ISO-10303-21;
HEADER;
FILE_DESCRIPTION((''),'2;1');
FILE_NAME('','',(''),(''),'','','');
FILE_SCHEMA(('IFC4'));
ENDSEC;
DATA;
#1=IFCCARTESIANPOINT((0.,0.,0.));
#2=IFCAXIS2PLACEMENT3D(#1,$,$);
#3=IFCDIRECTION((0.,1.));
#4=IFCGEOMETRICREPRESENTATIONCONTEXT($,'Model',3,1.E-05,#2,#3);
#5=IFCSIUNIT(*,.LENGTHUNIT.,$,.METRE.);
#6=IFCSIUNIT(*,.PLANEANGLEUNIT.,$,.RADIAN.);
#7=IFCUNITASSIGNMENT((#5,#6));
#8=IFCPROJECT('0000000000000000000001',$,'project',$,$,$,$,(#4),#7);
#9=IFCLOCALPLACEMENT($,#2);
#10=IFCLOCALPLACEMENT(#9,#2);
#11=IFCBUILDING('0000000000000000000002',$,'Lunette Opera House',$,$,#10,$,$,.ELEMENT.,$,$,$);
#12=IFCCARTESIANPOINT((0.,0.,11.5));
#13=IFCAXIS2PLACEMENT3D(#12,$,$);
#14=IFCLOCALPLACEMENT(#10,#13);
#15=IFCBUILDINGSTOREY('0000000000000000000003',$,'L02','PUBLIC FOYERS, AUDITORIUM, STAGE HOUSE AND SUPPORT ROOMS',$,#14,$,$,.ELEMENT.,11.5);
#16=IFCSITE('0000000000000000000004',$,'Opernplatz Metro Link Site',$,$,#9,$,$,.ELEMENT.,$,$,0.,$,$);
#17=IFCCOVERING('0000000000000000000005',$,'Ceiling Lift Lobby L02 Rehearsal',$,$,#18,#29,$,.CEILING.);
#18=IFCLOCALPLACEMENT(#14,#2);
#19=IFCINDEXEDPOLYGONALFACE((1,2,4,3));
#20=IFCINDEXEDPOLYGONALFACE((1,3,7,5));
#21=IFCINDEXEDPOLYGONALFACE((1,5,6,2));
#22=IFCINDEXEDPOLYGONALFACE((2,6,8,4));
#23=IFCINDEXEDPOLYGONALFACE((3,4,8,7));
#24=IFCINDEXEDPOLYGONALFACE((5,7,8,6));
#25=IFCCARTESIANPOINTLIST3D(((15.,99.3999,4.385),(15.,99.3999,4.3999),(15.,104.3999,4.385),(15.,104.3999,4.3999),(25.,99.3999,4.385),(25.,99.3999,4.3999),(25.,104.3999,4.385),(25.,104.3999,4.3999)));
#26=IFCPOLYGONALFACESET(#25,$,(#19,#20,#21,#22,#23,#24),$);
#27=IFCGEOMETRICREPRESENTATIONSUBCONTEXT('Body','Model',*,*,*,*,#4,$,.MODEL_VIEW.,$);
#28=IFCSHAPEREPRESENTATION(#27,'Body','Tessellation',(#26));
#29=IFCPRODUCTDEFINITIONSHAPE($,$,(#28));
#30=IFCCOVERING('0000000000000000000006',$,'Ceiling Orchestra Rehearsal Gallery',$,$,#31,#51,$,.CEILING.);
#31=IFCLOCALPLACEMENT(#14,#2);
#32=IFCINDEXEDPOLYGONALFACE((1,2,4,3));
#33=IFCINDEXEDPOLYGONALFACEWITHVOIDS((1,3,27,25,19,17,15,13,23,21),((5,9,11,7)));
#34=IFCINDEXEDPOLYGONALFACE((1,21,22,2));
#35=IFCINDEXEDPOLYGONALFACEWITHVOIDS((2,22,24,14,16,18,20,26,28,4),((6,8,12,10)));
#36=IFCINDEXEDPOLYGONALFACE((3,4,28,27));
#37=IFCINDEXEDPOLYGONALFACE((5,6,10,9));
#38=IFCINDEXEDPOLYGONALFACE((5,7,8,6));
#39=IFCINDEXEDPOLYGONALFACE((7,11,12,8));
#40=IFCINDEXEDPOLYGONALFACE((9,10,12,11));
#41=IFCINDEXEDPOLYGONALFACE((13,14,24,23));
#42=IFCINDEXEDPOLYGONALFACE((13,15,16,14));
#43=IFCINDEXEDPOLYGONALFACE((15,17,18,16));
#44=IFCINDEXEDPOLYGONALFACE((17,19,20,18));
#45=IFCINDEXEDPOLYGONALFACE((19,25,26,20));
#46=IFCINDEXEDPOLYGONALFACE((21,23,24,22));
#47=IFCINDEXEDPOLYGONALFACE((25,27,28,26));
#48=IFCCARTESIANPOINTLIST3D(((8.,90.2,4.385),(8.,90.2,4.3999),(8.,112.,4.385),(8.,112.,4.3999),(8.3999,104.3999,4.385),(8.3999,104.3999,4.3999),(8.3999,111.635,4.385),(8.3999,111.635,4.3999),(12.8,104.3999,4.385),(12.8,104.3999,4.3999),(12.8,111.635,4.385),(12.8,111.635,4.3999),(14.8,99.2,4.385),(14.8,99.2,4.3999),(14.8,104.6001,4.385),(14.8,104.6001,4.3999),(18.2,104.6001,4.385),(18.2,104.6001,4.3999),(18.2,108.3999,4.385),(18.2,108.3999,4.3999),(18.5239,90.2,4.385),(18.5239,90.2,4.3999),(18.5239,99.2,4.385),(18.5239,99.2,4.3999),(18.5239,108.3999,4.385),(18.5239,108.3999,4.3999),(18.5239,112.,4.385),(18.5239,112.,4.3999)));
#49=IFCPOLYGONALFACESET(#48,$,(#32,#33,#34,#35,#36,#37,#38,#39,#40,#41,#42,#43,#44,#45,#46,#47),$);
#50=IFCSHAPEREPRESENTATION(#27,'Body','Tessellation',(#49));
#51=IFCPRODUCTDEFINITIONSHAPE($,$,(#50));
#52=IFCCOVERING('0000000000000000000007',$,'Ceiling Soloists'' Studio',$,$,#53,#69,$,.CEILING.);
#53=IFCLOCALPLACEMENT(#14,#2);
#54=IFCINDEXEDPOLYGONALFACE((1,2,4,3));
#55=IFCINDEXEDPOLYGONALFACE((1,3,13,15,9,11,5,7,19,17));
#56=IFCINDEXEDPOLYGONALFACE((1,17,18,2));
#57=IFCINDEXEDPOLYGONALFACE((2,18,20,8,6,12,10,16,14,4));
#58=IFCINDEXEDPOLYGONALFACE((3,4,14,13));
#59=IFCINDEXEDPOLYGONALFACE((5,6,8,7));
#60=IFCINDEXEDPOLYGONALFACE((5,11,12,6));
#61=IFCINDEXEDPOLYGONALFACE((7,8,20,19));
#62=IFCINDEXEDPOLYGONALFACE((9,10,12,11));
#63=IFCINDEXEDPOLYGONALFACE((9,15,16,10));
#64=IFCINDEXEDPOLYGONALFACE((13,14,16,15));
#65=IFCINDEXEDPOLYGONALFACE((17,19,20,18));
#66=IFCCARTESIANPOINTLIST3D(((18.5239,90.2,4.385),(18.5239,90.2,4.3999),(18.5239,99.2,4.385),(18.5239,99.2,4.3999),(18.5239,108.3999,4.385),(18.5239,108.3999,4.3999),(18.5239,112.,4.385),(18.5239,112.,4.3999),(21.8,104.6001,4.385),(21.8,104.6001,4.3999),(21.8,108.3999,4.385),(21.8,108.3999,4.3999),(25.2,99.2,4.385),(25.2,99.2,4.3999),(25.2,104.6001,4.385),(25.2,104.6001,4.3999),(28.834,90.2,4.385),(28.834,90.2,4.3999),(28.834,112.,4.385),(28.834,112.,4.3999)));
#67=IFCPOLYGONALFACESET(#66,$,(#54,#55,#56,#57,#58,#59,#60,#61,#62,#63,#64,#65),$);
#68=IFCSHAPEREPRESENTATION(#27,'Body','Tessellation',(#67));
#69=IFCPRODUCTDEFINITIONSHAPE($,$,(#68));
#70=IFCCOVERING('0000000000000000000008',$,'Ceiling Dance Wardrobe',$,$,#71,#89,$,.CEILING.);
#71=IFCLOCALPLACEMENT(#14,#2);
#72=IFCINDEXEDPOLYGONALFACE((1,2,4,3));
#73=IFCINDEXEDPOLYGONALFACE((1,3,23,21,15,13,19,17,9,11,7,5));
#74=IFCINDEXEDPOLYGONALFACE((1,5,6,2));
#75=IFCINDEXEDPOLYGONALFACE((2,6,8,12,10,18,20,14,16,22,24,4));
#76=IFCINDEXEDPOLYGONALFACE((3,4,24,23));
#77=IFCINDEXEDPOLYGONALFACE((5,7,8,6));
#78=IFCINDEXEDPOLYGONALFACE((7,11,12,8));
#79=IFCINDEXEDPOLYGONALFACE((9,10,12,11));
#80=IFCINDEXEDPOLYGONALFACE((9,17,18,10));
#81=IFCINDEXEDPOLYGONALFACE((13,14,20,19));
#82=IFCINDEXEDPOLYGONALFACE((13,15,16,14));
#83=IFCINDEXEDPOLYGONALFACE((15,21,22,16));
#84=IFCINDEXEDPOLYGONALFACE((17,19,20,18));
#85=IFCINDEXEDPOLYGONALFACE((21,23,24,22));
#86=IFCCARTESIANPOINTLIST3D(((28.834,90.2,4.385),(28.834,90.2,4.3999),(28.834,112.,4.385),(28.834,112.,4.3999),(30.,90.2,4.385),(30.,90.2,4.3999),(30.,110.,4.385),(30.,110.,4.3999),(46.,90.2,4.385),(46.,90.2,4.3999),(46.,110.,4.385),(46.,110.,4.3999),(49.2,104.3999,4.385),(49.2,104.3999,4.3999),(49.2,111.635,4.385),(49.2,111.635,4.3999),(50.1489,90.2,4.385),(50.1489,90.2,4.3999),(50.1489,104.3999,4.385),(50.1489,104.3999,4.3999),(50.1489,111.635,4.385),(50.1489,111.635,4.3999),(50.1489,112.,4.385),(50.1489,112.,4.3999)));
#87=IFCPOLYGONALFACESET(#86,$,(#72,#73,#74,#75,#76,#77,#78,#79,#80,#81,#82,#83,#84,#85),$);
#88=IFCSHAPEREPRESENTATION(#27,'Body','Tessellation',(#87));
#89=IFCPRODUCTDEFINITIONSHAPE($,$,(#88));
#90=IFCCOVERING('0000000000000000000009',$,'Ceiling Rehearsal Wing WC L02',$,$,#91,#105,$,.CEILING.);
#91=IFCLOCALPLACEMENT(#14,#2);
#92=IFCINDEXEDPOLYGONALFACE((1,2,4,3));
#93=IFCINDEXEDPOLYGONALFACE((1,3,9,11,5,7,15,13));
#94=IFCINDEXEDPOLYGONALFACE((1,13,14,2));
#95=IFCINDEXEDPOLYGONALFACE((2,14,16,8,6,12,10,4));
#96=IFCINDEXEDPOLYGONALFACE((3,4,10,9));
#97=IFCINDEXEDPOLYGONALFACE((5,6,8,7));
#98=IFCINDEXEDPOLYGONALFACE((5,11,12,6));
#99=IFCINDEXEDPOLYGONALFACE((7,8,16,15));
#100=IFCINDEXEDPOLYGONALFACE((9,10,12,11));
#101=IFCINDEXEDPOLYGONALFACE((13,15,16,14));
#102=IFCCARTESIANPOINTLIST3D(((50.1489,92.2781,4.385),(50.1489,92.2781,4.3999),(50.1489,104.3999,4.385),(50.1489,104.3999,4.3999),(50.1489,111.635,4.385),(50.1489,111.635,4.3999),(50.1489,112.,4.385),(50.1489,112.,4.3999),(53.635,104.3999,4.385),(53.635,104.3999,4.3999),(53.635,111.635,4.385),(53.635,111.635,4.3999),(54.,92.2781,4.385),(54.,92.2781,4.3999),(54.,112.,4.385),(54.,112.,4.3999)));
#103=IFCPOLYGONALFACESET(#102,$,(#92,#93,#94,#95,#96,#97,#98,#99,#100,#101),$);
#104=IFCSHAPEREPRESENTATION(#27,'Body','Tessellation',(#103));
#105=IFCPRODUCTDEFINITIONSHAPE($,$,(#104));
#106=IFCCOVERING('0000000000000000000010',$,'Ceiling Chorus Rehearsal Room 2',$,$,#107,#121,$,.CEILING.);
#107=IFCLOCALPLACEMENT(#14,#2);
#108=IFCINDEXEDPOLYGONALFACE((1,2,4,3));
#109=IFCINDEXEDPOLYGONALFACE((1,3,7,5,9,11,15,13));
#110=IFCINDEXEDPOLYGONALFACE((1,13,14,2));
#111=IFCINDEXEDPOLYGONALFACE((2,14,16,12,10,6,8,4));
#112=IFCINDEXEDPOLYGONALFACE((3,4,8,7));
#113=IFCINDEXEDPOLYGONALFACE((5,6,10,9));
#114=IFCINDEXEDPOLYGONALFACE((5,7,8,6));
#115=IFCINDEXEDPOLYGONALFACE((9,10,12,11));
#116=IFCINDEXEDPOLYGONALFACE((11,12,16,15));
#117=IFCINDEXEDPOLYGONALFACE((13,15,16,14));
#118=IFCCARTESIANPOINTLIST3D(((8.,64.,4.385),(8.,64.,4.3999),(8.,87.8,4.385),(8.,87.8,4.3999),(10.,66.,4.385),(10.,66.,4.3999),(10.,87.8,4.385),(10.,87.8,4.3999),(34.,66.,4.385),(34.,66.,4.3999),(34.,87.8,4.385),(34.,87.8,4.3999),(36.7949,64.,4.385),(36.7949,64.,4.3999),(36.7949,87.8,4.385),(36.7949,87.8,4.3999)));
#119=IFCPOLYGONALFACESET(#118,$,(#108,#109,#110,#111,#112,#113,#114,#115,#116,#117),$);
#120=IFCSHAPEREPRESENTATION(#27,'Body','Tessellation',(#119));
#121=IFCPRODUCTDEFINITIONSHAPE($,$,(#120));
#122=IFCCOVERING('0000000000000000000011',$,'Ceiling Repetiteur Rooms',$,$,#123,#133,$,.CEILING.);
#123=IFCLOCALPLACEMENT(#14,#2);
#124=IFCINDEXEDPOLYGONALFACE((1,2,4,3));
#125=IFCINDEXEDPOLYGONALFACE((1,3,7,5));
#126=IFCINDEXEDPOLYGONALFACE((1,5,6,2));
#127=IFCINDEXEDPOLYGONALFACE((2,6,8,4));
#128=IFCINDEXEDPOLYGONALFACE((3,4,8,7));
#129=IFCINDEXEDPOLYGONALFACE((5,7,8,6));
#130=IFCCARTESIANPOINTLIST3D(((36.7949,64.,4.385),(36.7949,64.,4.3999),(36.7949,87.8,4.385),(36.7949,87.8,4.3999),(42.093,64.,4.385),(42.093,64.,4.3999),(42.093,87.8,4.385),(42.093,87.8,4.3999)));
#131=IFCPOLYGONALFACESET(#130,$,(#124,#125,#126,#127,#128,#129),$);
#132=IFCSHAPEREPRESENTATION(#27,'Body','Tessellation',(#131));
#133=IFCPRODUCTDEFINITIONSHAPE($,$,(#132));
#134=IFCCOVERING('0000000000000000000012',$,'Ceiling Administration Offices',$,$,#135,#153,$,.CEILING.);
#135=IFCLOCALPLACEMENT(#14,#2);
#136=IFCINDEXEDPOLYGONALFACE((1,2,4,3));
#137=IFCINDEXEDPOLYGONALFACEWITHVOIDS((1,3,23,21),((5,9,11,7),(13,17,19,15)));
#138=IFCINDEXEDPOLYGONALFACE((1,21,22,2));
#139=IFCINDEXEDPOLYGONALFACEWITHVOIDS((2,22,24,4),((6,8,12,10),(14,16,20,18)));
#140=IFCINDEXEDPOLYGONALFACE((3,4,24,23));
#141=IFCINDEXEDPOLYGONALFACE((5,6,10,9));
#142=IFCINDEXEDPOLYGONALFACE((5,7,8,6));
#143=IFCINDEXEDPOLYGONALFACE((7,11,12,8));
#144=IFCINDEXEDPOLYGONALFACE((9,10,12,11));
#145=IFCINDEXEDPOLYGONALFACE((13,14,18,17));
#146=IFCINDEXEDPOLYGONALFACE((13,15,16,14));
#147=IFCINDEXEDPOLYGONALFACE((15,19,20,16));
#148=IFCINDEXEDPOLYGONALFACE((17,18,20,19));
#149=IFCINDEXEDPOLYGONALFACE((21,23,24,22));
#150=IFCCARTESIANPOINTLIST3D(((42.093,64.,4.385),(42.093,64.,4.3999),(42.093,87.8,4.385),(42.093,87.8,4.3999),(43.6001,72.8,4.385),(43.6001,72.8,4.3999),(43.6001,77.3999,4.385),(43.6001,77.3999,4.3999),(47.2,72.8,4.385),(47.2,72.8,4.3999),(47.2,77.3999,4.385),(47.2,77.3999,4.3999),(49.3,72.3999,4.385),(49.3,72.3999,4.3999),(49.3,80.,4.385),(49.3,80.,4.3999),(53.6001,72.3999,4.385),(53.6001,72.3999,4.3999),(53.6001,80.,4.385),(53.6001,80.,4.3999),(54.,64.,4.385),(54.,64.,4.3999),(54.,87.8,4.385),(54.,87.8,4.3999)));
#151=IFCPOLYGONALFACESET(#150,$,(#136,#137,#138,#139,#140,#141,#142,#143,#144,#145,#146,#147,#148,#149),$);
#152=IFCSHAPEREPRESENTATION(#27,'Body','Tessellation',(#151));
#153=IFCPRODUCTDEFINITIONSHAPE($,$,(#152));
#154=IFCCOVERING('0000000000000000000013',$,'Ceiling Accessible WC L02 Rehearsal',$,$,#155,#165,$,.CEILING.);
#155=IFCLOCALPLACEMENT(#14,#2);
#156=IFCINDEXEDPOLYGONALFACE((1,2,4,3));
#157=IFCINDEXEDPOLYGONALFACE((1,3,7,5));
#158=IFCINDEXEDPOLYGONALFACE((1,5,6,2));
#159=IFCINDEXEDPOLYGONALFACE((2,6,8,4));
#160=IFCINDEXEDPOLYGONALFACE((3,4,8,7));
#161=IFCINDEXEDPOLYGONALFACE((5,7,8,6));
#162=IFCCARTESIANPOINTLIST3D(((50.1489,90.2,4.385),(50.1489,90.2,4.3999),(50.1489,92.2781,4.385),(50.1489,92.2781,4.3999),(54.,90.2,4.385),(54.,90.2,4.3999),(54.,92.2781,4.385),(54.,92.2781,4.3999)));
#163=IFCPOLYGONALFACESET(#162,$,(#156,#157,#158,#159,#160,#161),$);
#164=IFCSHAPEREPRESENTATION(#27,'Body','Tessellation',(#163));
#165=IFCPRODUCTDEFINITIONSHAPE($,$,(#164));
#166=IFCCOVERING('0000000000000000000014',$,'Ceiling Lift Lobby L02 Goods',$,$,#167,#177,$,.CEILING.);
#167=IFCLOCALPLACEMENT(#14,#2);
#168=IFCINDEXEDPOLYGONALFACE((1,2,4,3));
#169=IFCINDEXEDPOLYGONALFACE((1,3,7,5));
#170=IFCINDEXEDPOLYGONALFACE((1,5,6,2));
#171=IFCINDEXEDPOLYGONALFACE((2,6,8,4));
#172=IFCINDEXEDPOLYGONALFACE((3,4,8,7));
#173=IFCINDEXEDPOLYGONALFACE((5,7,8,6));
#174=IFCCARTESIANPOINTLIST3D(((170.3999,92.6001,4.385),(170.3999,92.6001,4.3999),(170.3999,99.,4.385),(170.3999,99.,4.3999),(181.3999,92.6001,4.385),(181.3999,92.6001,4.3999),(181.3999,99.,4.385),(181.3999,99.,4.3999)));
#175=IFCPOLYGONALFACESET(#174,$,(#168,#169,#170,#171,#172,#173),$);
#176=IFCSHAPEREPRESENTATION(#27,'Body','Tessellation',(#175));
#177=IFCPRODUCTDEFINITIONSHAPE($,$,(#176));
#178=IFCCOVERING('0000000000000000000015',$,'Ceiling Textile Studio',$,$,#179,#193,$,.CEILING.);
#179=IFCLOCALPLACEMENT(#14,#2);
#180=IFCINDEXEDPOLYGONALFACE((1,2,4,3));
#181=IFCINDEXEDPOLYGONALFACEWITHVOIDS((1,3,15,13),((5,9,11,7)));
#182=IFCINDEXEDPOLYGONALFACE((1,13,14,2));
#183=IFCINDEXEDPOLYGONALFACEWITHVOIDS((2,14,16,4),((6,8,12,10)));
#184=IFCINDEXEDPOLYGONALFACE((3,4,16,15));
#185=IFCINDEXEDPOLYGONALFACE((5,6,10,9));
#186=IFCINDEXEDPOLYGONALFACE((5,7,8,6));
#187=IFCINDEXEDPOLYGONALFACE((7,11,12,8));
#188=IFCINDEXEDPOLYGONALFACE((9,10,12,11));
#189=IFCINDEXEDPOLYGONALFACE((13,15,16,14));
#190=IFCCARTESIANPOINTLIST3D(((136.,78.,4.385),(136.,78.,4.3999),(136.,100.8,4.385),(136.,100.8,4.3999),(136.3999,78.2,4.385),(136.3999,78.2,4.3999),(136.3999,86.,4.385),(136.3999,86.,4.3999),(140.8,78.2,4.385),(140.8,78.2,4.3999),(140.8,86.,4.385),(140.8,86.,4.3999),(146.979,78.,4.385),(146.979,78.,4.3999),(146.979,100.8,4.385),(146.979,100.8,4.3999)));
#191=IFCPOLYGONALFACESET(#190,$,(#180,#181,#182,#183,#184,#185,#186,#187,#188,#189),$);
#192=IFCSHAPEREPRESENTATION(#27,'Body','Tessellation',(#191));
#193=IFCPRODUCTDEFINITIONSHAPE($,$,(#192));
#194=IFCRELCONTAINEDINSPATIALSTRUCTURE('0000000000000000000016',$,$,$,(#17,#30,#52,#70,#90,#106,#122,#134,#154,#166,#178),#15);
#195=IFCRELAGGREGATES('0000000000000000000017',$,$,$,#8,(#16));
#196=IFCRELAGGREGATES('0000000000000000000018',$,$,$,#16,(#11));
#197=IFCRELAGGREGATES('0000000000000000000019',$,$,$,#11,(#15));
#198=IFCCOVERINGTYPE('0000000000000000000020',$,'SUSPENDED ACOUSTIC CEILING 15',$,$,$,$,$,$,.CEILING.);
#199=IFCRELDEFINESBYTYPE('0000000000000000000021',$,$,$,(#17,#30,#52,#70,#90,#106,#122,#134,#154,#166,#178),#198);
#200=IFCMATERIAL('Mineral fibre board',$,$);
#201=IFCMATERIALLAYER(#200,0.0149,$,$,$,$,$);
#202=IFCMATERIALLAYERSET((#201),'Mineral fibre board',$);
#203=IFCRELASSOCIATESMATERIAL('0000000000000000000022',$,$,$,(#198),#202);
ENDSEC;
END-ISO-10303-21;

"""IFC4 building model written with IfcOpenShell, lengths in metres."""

from ifc_helpers import new_model, si_unit, direction, frame, origin, place, context, subcontext, project, spatial, polyline, outline, extrude, material, layer, layer_set, type_object, element, save


model = new_model("IFC4")

# Units and contexts
model_context = context("Model", 3, precision=1e-05, world=origin(), true_north=direction((0.0, 1.0)))
body_context = subcontext(model_context, "Body", "Model", "MODEL_VIEW")
ifc_project = project(units=[si_unit("LENGTHUNIT", "METRE"), si_unit("PLANEANGLEUNIT", "RADIAN")], contexts=[model_context])

# Site, building, storey
site_placement = place(None, origin())
site = spatial("IfcSite", under=ifc_project, at=site_placement, Name="Opernplatz Metro Link Site", CompositionType="ELEMENT", RefElevation=0.0)
building_placement = place(site_placement, origin())
building = spatial("IfcBuilding", under=site, at=building_placement, Name="Lunette Opera House", CompositionType="ELEMENT")
storey_placement = place(building_placement, frame((0.0, 0.0, 11.5)))
storey = spatial("IfcBuildingStorey", under=building, at=storey_placement, Name="L02", Description="PUBLIC FOYERS, AUDITORIUM, STAGE HOUSE AND SUPPORT ROOMS", CompositionType="ELEMENT", Elevation=11.5)

# Coverings
ifc_material_1 = material(Name="Mineral fibre board")
ifc_layer_1 = layer(ifc_material_1, 0.0149)
ifc_layer_set_1 = layer_set([ifc_layer_1], Name="Mineral fibre board")
covering_type_1 = type_object("IfcCoveringType", Name="SUSPENDED ACOUSTIC CEILING 15", PredefinedType="CEILING", material=ifc_layer_set_1)
covering_1_placement = place(storey_placement, frame((0.0, 0.0, 4.385)))
element("IfcCovering", 1, at=covering_1_placement, inside=storey, type_object=covering_type_1, Name="Ceiling Lift Lobby L02 Rehearsal", PredefinedType="CEILING", context=body_context, shape_type="SweptSolid", body=[
    extrude(outline(polyline([(25.0, 99.3999), (25.0, 104.3999), (15.0, 104.3999), (15.0, 99.3999), (25.0, 99.3999)])), origin(), (0.0, 0.0, 1.0), 0.0149),
])
covering_2_placement = place(storey_placement, frame((0.0, 0.0, 4.385)))
element("IfcCovering", 2, at=covering_2_placement, inside=storey, type_object=covering_type_1, Name="Ceiling Orchestra Rehearsal Gallery", PredefinedType="CEILING", context=body_context, shape_type="SweptSolid", body=[
    extrude(outline(polyline([(8.0, 90.2), (8.0, 112.0), (18.5239, 112.0), (18.5239, 108.3999), (18.2, 108.3999), (18.2, 104.6001), (14.8, 104.6001), (14.8, 99.2), (18.5239, 99.2), (18.5239, 90.2), (8.0, 90.2)]), holes=[polyline([(8.3999, 111.635), (8.3999, 104.3999), (12.8, 104.3999), (12.8, 111.635), (8.3999, 111.635)])]), origin(), (0.0, 0.0, 1.0), 0.0149),
])
covering_3_placement = place(storey_placement, frame((0.0, 0.0, 4.385)))
element("IfcCovering", 3, at=covering_3_placement, inside=storey, type_object=covering_type_1, Name="Ceiling Soloists' Studio", PredefinedType="CEILING", context=body_context, shape_type="SweptSolid", body=[
    extrude(outline(polyline([(18.5239, 90.2), (18.5239, 99.2), (25.2, 99.2), (25.2, 104.6001), (21.8, 104.6001), (21.8, 108.3999), (18.5239, 108.3999), (18.5239, 112.0), (28.834, 112.0), (28.834, 90.2), (18.5239, 90.2)])), origin(), (0.0, 0.0, 1.0), 0.0149),
])
covering_4_placement = place(storey_placement, frame((0.0, 0.0, 4.385)))
element("IfcCovering", 4, at=covering_4_placement, inside=storey, type_object=covering_type_1, Name="Ceiling Dance Wardrobe", PredefinedType="CEILING", context=body_context, shape_type="SweptSolid", body=[
    extrude(outline(polyline([(30.0, 90.2), (28.834, 90.2), (28.834, 112.0), (50.1489, 112.0), (50.1489, 111.635), (49.2, 111.635), (49.2, 104.3999), (50.1489, 104.3999), (50.1489, 90.2), (46.0, 90.2), (46.0, 110.0), (30.0, 110.0), (30.0, 90.2)])), origin(), (0.0, 0.0, 1.0), 0.0149),
])
covering_5_placement = place(storey_placement, frame((0.0, 0.0, 4.385)))
element("IfcCovering", 5, at=covering_5_placement, inside=storey, type_object=covering_type_1, Name="Ceiling Rehearsal Wing WC L02", PredefinedType="CEILING", context=body_context, shape_type="SweptSolid", body=[
    extrude(outline(polyline([(54.0, 92.2781), (50.1489, 92.2781), (50.1489, 104.3999), (53.635, 104.3999), (53.635, 111.635), (50.1489, 111.635), (50.1489, 112.0), (54.0, 112.0), (54.0, 92.2781)])), origin(), (0.0, 0.0, 1.0), 0.0149),
])
covering_6_placement = place(storey_placement, frame((0.0, 0.0, 4.385)))
element("IfcCovering", 6, at=covering_6_placement, inside=storey, type_object=covering_type_1, Name="Ceiling Chorus Rehearsal Room 2", PredefinedType="CEILING", context=body_context, shape_type="SweptSolid", body=[
    extrude(outline(polyline([(8.0, 87.8), (10.0, 87.8), (10.0, 66.0), (34.0, 66.0), (34.0, 87.8), (36.7949, 87.8), (36.7949, 64.0), (8.0, 64.0), (8.0, 87.8)])), origin(), (0.0, 0.0, 1.0), 0.0149),
])
covering_7_placement = place(storey_placement, frame((0.0, 0.0, 4.385)))
element("IfcCovering", 7, at=covering_7_placement, inside=storey, type_object=covering_type_1, Name="Ceiling Repetiteur Rooms", PredefinedType="CEILING", context=body_context, shape_type="SweptSolid", body=[
    extrude(outline(polyline([(36.7949, 64.0), (36.7949, 87.8), (42.093, 87.8), (42.093, 64.0), (36.7949, 64.0)])), origin(), (0.0, 0.0, 1.0), 0.0149),
])
covering_8_placement = place(storey_placement, frame((0.0, 0.0, 4.385)))
element("IfcCovering", 8, at=covering_8_placement, inside=storey, type_object=covering_type_1, Name="Ceiling Administration Offices", PredefinedType="CEILING", context=body_context, shape_type="SweptSolid", body=[
    extrude(outline(polyline([(54.0, 64.0), (42.093, 64.0), (42.093, 87.8), (54.0, 87.8), (54.0, 64.0)]), holes=[polyline([(53.6001, 72.3999), (53.6001, 80.0), (49.3, 80.0), (49.3, 72.3999), (53.6001, 72.3999)]), polyline([(47.2, 72.8), (47.2, 77.3999), (43.6001, 77.3999), (43.6001, 72.8), (47.2, 72.8)])]), origin(), (0.0, 0.0, 1.0), 0.0149),
])
covering_9_placement = place(storey_placement, frame((0.0, 0.0, 4.385)))
element("IfcCovering", 9, at=covering_9_placement, inside=storey, type_object=covering_type_1, Name="Ceiling Accessible WC L02 Rehearsal", PredefinedType="CEILING", context=body_context, shape_type="SweptSolid", body=[
    extrude(outline(polyline([(54.0, 90.2), (50.1489, 90.2), (50.1489, 92.2781), (54.0, 92.2781), (54.0, 90.2)])), origin(), (0.0, 0.0, 1.0), 0.0149),
])
covering_10_placement = place(storey_placement, frame((0.0, 0.0, 4.385)))
element("IfcCovering", 10, at=covering_10_placement, inside=storey, type_object=covering_type_1, Name="Ceiling Lift Lobby L02 Goods", PredefinedType="CEILING", context=body_context, shape_type="SweptSolid", body=[
    extrude(outline(polyline([(181.3999, 92.6001), (181.3999, 99.0), (170.3999, 99.0), (170.3999, 92.6001), (181.3999, 92.6001)])), origin(), (0.0, 0.0, 1.0), 0.0149),
])
covering_11_placement = place(storey_placement, frame((0.0, 0.0, 4.385)))
element("IfcCovering", 11, at=covering_11_placement, inside=storey, type_object=covering_type_1, Name="Ceiling Textile Studio", PredefinedType="CEILING", context=body_context, shape_type="SweptSolid", body=[
    extrude(outline(polyline([(136.0, 100.8), (146.979, 100.8), (146.979, 78.0), (136.0, 78.0), (136.0, 100.8)]), holes=[polyline([(136.3999, 78.2), (140.8, 78.2), (140.8, 86.0), (136.3999, 86.0), (136.3999, 78.2)])]), origin(), (0.0, 0.0, 1.0), 0.0149),
])

save(model, "model.ifc")
